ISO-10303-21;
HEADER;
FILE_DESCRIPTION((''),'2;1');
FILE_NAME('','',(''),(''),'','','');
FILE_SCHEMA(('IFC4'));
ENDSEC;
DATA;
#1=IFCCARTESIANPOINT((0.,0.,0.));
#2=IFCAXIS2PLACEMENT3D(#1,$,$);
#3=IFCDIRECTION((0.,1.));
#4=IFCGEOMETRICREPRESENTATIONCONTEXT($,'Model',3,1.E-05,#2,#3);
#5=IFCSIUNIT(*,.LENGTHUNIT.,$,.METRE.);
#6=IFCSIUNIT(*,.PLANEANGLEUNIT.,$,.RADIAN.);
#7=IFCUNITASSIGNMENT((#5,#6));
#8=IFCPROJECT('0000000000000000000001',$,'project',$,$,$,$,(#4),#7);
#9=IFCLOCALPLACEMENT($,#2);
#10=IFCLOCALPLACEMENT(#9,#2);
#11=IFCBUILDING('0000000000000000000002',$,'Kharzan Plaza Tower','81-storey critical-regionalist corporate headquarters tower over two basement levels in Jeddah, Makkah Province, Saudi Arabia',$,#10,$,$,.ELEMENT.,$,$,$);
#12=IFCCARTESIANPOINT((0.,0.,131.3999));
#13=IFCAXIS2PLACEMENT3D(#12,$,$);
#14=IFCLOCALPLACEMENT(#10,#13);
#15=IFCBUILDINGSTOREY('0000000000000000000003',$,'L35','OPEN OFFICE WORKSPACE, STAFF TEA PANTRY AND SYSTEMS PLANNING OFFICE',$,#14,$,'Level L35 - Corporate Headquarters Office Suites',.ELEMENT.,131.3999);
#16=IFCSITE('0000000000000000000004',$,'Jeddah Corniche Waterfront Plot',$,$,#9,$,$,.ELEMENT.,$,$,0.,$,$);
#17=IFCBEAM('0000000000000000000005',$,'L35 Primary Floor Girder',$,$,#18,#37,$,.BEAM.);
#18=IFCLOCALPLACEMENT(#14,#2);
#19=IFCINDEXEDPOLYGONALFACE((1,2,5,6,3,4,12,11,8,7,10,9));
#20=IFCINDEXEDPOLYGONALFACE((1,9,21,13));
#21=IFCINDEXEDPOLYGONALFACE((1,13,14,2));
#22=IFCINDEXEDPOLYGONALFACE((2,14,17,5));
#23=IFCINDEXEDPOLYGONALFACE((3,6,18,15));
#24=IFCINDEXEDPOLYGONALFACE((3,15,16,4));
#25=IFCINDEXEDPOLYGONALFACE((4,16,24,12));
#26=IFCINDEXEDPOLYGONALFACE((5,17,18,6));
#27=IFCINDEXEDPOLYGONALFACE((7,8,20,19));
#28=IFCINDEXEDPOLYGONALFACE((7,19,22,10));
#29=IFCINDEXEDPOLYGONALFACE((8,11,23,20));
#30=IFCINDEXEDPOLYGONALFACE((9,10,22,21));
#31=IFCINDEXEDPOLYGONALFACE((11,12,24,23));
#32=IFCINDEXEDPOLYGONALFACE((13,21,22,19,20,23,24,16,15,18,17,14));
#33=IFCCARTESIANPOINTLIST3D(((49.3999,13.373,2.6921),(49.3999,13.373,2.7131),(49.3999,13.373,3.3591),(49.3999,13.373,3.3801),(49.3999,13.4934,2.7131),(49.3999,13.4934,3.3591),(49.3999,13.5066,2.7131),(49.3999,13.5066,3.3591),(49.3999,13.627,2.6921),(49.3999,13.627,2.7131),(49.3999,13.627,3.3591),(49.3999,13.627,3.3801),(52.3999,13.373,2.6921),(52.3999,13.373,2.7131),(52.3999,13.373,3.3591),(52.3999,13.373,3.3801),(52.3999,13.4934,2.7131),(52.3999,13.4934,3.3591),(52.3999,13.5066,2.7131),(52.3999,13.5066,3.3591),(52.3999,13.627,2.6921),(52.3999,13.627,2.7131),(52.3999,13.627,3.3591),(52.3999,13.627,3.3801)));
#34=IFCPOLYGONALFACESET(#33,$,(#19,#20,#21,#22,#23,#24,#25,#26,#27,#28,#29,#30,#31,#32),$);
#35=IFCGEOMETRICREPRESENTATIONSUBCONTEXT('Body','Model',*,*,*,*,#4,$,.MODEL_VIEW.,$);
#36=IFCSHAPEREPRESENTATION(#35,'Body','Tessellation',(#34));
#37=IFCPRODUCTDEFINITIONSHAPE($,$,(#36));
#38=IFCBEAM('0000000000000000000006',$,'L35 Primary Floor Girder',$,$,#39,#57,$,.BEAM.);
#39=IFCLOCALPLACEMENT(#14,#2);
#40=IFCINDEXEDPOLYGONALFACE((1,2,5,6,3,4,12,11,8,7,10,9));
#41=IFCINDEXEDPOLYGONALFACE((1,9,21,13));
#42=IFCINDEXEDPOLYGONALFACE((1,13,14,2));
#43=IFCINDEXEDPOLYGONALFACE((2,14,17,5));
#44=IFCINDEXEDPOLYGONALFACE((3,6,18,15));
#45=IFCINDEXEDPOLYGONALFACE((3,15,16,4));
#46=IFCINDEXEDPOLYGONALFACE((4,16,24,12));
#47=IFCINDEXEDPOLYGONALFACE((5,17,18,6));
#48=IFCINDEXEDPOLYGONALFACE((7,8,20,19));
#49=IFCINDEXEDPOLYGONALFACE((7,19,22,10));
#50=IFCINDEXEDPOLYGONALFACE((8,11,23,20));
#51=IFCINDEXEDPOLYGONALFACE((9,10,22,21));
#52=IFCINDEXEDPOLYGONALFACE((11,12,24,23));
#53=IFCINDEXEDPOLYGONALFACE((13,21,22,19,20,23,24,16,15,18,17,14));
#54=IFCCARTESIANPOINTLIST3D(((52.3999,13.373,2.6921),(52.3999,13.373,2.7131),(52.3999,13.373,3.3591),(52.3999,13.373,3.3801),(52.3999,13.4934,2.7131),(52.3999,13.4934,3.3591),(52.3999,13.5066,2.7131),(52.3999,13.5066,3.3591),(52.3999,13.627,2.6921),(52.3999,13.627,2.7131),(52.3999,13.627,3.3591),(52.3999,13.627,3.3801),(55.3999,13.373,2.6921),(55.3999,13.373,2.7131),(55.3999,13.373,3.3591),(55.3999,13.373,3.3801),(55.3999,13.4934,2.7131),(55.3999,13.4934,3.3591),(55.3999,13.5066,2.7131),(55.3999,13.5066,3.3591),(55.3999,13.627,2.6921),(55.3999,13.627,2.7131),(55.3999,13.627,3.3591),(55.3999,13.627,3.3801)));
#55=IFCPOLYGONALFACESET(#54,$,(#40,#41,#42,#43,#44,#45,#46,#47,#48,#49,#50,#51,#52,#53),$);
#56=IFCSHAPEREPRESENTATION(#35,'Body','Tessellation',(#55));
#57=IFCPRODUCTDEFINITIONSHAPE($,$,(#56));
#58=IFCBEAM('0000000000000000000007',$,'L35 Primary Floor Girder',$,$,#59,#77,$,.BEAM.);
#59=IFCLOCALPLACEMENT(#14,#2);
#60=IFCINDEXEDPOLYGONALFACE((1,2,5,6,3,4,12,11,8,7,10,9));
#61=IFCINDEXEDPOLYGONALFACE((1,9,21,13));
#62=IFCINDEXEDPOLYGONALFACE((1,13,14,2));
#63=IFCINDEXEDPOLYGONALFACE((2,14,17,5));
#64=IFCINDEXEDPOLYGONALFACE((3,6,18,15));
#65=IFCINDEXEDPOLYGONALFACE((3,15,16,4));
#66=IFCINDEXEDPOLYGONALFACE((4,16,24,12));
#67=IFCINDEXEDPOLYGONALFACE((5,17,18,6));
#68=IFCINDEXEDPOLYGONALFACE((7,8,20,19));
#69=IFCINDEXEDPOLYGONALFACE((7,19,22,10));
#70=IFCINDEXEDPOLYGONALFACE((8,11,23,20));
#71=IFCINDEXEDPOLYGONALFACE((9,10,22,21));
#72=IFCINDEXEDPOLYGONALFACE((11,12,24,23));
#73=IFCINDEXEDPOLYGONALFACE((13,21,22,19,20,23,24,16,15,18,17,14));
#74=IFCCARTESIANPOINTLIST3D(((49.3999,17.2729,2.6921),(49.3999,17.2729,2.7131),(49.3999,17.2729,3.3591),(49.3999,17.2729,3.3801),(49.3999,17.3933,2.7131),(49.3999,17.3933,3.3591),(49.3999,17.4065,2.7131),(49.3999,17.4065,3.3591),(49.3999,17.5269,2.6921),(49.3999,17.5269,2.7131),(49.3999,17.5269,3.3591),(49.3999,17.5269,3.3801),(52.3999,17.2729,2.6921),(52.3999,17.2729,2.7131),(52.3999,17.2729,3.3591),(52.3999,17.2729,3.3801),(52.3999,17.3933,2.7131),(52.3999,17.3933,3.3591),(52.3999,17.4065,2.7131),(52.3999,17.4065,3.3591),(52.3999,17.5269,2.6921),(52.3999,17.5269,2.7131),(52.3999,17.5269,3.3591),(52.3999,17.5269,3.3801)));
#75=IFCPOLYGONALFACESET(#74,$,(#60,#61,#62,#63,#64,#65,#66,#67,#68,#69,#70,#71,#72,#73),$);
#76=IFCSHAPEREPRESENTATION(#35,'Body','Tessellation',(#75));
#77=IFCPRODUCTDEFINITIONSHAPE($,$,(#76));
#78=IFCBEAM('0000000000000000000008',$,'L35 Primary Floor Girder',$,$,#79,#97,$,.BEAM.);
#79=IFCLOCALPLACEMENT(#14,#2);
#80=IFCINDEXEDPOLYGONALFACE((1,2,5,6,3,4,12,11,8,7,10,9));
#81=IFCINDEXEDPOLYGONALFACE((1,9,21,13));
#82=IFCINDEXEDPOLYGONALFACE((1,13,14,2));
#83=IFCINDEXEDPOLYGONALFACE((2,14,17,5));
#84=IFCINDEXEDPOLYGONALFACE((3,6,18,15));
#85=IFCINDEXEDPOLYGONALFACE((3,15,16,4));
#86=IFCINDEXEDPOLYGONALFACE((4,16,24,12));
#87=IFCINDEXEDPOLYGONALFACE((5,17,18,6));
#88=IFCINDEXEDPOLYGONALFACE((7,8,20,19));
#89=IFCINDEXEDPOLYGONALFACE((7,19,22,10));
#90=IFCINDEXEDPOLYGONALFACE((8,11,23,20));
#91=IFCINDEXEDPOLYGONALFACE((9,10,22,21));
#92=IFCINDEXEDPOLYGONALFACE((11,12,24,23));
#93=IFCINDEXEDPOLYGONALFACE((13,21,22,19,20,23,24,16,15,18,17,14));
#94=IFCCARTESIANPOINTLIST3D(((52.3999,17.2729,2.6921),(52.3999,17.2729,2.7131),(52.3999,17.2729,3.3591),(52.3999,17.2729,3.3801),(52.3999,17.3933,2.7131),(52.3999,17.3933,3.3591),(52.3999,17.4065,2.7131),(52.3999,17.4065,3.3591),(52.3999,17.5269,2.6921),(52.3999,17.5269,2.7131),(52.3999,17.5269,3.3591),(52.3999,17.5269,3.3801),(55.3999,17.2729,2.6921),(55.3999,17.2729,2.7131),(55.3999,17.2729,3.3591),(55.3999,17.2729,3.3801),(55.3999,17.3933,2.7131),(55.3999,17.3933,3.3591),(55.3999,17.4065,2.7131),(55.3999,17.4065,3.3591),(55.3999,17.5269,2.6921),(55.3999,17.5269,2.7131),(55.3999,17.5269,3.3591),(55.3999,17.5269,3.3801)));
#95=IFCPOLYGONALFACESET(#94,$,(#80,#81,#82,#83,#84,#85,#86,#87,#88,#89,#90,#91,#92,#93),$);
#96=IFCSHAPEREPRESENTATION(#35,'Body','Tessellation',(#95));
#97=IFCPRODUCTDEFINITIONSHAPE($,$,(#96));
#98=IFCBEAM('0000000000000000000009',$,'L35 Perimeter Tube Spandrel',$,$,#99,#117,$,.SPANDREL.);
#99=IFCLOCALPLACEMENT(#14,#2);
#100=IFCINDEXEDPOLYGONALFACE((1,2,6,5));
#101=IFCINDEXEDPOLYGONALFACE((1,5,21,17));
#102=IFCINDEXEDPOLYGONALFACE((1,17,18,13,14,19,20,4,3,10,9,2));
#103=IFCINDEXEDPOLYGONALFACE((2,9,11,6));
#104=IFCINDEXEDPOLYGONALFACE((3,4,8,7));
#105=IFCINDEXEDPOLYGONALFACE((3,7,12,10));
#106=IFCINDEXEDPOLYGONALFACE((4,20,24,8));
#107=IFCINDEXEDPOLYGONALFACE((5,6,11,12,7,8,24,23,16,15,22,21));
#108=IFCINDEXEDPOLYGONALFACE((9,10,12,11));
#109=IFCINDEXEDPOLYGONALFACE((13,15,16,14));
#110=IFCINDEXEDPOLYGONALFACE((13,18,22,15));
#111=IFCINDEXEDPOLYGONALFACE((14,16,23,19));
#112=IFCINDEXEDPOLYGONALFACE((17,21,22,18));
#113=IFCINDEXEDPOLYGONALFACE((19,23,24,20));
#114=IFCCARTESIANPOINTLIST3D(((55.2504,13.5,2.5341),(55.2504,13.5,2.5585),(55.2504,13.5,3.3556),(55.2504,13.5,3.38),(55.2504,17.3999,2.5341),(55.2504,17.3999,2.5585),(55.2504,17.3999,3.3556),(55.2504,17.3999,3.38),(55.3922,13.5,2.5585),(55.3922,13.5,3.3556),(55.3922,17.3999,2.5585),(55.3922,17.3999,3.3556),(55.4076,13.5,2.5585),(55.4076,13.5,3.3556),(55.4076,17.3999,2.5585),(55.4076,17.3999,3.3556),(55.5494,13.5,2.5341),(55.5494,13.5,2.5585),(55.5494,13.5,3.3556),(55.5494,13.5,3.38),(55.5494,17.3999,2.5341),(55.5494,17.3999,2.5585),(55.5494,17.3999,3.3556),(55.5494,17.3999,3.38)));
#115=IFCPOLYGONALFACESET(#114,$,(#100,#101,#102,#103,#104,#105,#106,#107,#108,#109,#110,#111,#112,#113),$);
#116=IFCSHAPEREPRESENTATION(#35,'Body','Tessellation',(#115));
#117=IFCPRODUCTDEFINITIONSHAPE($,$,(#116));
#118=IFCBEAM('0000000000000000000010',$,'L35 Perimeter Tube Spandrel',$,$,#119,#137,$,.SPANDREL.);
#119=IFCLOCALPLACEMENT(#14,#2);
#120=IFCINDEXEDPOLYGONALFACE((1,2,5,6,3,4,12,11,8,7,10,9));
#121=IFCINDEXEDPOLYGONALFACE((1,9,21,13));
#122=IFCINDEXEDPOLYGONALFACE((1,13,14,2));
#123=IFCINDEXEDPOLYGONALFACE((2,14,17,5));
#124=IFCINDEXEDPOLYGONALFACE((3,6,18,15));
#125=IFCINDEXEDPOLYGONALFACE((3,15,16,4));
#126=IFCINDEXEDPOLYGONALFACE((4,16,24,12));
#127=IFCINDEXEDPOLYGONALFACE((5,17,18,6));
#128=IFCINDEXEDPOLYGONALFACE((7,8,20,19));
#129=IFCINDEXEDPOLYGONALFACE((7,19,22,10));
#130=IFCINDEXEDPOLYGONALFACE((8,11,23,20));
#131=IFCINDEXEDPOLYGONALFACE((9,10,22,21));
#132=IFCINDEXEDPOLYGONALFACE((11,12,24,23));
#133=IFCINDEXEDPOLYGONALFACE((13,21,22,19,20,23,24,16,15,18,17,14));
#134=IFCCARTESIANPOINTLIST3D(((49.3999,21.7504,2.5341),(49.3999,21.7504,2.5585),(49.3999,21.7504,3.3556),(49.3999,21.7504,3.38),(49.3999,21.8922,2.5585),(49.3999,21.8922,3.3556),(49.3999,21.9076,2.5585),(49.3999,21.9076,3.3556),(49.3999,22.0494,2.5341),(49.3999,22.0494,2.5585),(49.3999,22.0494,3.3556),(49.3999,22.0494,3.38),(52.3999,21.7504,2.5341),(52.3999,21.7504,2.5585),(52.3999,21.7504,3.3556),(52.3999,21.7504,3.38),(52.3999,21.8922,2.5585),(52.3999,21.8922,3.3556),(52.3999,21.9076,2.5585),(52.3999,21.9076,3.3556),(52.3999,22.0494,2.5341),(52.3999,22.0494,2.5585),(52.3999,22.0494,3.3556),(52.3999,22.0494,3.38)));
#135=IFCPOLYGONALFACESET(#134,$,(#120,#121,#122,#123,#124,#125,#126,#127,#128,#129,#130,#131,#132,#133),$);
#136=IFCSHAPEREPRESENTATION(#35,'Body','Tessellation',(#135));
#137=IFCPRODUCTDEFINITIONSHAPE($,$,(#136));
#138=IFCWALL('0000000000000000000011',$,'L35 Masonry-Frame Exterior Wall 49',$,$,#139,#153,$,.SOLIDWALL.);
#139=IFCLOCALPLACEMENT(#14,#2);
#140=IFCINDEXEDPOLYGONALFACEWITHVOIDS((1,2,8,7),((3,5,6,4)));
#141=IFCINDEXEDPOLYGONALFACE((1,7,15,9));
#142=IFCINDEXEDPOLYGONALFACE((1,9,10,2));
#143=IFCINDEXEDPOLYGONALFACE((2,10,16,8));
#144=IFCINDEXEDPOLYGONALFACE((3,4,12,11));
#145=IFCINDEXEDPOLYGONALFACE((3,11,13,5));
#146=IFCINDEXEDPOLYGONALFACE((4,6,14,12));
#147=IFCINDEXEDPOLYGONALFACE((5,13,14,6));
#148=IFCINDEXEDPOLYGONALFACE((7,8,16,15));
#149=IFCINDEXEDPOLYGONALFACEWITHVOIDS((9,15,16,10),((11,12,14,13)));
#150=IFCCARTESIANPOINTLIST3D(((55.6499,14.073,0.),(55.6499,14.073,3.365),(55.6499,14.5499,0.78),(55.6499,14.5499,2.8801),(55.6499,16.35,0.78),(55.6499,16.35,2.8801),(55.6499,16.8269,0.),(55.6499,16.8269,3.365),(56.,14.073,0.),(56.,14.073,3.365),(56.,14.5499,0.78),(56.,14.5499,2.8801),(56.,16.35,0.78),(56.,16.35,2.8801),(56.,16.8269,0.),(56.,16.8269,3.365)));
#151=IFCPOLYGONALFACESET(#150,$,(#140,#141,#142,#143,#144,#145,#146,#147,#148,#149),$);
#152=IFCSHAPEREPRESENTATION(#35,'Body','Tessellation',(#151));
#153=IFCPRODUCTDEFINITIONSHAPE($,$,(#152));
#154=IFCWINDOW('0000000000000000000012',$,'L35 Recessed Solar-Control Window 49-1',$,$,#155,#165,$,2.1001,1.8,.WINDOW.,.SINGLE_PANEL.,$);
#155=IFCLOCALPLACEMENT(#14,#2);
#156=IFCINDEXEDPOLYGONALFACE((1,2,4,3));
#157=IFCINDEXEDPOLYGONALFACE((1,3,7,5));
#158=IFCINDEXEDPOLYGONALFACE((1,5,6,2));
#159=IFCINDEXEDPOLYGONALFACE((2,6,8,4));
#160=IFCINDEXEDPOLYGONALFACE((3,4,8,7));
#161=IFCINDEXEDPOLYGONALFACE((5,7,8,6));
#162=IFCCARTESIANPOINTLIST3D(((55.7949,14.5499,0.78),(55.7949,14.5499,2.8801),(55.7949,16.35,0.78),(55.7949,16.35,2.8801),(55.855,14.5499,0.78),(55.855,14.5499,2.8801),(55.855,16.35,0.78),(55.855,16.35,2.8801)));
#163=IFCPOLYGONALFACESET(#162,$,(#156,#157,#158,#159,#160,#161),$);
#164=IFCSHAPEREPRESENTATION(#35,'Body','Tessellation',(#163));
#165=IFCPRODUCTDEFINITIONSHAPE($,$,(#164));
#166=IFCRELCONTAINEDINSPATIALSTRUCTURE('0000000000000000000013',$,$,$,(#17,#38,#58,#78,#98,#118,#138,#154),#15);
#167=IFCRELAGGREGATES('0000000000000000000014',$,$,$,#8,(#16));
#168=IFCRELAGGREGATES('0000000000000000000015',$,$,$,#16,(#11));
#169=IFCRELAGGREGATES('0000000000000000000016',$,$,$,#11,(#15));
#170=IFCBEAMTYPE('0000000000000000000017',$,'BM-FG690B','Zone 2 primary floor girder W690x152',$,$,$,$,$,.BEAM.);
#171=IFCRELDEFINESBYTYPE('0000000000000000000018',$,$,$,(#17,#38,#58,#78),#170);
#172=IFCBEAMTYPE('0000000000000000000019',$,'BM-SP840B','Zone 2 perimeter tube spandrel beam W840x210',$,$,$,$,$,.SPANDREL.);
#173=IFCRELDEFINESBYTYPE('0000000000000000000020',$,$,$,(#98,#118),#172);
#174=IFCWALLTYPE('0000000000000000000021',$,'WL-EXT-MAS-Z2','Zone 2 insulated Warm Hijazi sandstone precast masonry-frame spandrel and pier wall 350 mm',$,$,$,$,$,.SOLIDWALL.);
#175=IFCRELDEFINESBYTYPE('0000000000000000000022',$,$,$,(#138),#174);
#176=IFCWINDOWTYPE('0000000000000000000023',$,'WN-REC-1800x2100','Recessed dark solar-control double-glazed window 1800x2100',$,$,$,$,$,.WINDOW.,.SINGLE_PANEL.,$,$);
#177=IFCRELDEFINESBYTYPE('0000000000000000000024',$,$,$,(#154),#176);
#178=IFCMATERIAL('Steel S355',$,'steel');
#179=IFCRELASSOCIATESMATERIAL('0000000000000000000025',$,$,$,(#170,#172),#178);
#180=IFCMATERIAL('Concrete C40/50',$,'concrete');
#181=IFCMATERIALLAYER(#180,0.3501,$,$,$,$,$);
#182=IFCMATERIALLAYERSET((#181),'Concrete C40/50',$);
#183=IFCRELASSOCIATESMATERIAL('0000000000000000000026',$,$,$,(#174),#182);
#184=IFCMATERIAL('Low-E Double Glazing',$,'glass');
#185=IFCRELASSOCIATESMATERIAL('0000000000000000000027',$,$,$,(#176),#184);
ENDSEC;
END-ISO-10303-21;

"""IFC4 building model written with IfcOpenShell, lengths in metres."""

from ifc_helpers import new_model, si_unit, direction, frame, frame_2d, origin, origin_2d, place, context, subcontext, project, spatial, rectangle, i_section, extrude, source, transform, mapped, material, layer, layer_set, material_profile, profile_set, type_object, element, fill, save


model = new_model("IFC4")

# Units and contexts
model_context = context("Model", 3, precision=1e-05, world=origin(), true_north=direction((0.0, 1.0)))
body_context = subcontext(model_context, "Body", "Model", "MODEL_VIEW")
ifc_project = project(units=[si_unit("LENGTHUNIT", "METRE"), si_unit("PLANEANGLEUNIT", "RADIAN")], contexts=[model_context])

# Site, building, storey
site_placement = place(None, origin())
site = spatial("IfcSite", under=ifc_project, at=site_placement, Name="Jeddah Corniche Waterfront Plot", CompositionType="ELEMENT", RefElevation=0.0)
building_placement = place(site_placement, origin())
building = spatial("IfcBuilding", under=site, at=building_placement, Name="Kharzan Plaza Tower", Description="81-storey critical-regionalist corporate headquarters tower over two basement levels in Jeddah, Makkah Province, Saudi Arabia", CompositionType="ELEMENT")
storey_placement = place(building_placement, frame((0.0, 0.0, 131.3999)))
storey = spatial("IfcBuildingStorey", under=building, at=storey_placement, Name="L35", Description="OPEN OFFICE WORKSPACE, STAFF TEA PANTRY AND SYSTEMS PLANNING OFFICE", LongName="Level L35 - Corporate Headquarters Office Suites", CompositionType="ELEMENT", Elevation=131.3999)

# Beams
ifc_material_1 = material(Name="Steel S355", Category="steel")
ifc_material_profile_1 = material_profile(ifc_material_1, i_section(OverallWidth=0.2539, OverallDepth=0.688, WebThickness=0.0132, FlangeThickness=0.021, at=origin_2d()), Name="W690x152")
ifc_profile_set_1 = profile_set([ifc_material_profile_1], Name="Steel S355")
beam_type_1 = type_object("IfcBeamType", Name="BM-FG690B", Description="Zone 2 primary floor girder W690x152", PredefinedType="BEAM", material=ifc_profile_set_1)
shared_shape_1 = source(origin(), body_context, "Body", "SweptSolid", [
    extrude(i_section(OverallWidth=0.2539, OverallDepth=0.688, WebThickness=0.0132, FlangeThickness=0.021, at=origin_2d()), origin(), (0.0, 0.0, 1.0), 3.0),
])
for number, where, z_axis, x_axis, name in (
    (1, (49.3999, 13.5, 3.0361), (1.0, 0.0, 0.0), (0.0, 1.0, 0.0), "L35 Primary Floor Girder"),
    (2, (52.3999, 13.5, 3.0361), (1.0, 0.0, 0.0), (0.0, 1.0, 0.0), "L35 Primary Floor Girder"),
    (3, (49.3999, 17.3999, 3.0361), (1.0, 0.0, 0.0), (0.0, 1.0, 0.0), "L35 Primary Floor Girder"),
    (4, (52.3999, 17.3999, 3.0361), (1.0, 0.0, 0.0), (0.0, 1.0, 0.0), "L35 Primary Floor Girder"),
):
    element("IfcBeam", number, at=place(storey_placement, frame(where, z_axis=z_axis, x_axis=x_axis)), inside=storey, type_object=beam_type_1, Name=name, PredefinedType="BEAM", context=body_context, shape_type="MappedRepresentation", body=[
        mapped(shared_shape_1, transform((0.0, 0.0, 0.0), x_axis=(1.0, 0.0, 0.0), y_axis=(0.0, 1.0, 0.0), z_axis=(0.0, 0.0, 1.0))),
    ])
ifc_material_profile_2 = material_profile(ifc_material_1, i_section(OverallWidth=0.2991, OverallDepth=0.8459, WebThickness=0.0154, FlangeThickness=0.0244, at=origin_2d()), Name="W840x210")
ifc_profile_set_2 = profile_set([ifc_material_profile_2], Name="Steel S355")
beam_type_2 = type_object("IfcBeamType", Name="BM-SP840B", Description="Zone 2 perimeter tube spandrel beam W840x210", PredefinedType="SPANDREL", material=ifc_profile_set_2)
shared_shape_2 = source(origin(), body_context, "Body", "SweptSolid", [
    extrude(i_section(OverallWidth=0.2991, OverallDepth=0.8459, WebThickness=0.0154, FlangeThickness=0.0244, at=origin_2d()), origin(), (0.0, 0.0, 1.0), 3.8999),
])
beam_1_placement = place(storey_placement, frame((55.3999, 13.5, 2.957), z_axis=(0.0, 1.0, 0.0), x_axis=(-1.0, 0.0, 0.0)))
element("IfcBeam", 5, at=beam_1_placement, inside=storey, type_object=beam_type_2, Name="L35 Perimeter Tube Spandrel", PredefinedType="SPANDREL", context=body_context, shape_type="MappedRepresentation", body=[
    mapped(shared_shape_2, transform((0.0, 0.0, 0.0), x_axis=(1.0, 0.0, 0.0), y_axis=(0.0, 1.0, 0.0), z_axis=(0.0, 0.0, 1.0))),
])
shared_shape_3 = source(origin(), body_context, "Body", "SweptSolid", [
    extrude(i_section(OverallWidth=0.2991, OverallDepth=0.8459, WebThickness=0.0154, FlangeThickness=0.0244, at=origin_2d()), origin(), (0.0, 0.0, 1.0), 3.0),
])
beam_2_placement = place(storey_placement, frame((49.3999, 21.8999, 2.957), z_axis=(1.0, 0.0, 0.0), x_axis=(0.0, 1.0, 0.0)))
element("IfcBeam", 6, at=beam_2_placement, inside=storey, type_object=beam_type_2, Name="L35 Perimeter Tube Spandrel", PredefinedType="SPANDREL", context=body_context, shape_type="MappedRepresentation", body=[
    mapped(shared_shape_3, transform((0.0, 0.0, 0.0), x_axis=(1.0, 0.0, 0.0), y_axis=(0.0, 1.0, 0.0), z_axis=(0.0, 0.0, 1.0))),
])

# Wall, opening, window
ifc_material_2 = material(Name="Concrete C40/50", Category="concrete")
ifc_layer = layer(ifc_material_2, 0.3501)
ifc_layer_set = layer_set([ifc_layer], Name="Concrete C40/50")
wall_type = type_object("IfcWallType", Name="WL-EXT-MAS-Z2", Description="Zone 2 insulated Warm Hijazi sandstone precast masonry-frame spandrel and pier wall 350 mm", PredefinedType="SOLIDWALL", material=ifc_layer_set)
wall_1_placement = place(storey_placement, frame((55.825, 14.073, 0.0), z_axis=(0.0, 0.0, 1.0), x_axis=(0.0, 1.0, 0.0)))
wall_1 = element("IfcWall", 7, at=wall_1_placement, inside=storey, type_object=wall_type, Name="L35 Masonry-Frame Exterior Wall 49", PredefinedType="SOLIDWALL", context=body_context, shape_type="SweptSolid", body=[
    extrude(rectangle(XDim=2.7539, YDim=0.3501, at=frame_2d((1.377, 0.0))), origin(), (0.0, 0.0, 1.0), 3.365),
])
opening_1_placement = place(wall_1_placement, frame((0.4771, 0.0, 0.78)))
opening_1 = element("IfcOpeningElement", 8, at=opening_1_placement, cuts=wall_1, PredefinedType="OPENING", context=body_context, shape_type="SweptSolid", body=[
    extrude(rectangle(XDim=1.8, YDim=2.1001, at=frame_2d((0.8999, 1.05))), frame((0.0, 0.1851, 0.0), z_axis=(0.0, -1.0, 0.0), x_axis=(1.0, 0.0, 0.0)), (0.0, 0.0, 1.0), 0.3701),
])
ifc_material_3 = material(Name="Low-E Double Glazing", Category="glass")
window_type_1 = type_object("IfcWindowType", Name="WN-REC-1800x2100", Description="Recessed dark solar-control double-glazed window 1800x2100", PartitioningType="SINGLE_PANEL", PredefinedType="WINDOW", material=ifc_material_3)
shared_shape_4 = source(origin(), body_context, "Body", "SweptSolid", [
    extrude(rectangle(XDim=1.8, YDim=2.1001, at=frame_2d((0.8999, 1.05))), frame((0.0, 0.03, 0.0), z_axis=(0.0, -1.0, 0.0), x_axis=(1.0, 0.0, 0.0)), (0.0, 0.0, 1.0), 0.0601),
])
window_1_placement = place(opening_1_placement, origin())
window_1 = element("IfcWindow", 9, at=window_1_placement, inside=storey, type_object=window_type_1, Name="L35 Recessed Solar-Control Window 49-1", OverallHeight=2.1001, OverallWidth=1.8, PartitioningType="SINGLE_PANEL", PredefinedType="WINDOW", context=body_context, shape_type="MappedRepresentation", body=[
    mapped(shared_shape_4, transform((0.0, 0.0, 0.0), x_axis=(1.0, 0.0, 0.0), y_axis=(0.0, 1.0, 0.0), z_axis=(0.0, 0.0, 1.0))),
])
fill(opening_1, window_1)

save(model, "model.ifc")
